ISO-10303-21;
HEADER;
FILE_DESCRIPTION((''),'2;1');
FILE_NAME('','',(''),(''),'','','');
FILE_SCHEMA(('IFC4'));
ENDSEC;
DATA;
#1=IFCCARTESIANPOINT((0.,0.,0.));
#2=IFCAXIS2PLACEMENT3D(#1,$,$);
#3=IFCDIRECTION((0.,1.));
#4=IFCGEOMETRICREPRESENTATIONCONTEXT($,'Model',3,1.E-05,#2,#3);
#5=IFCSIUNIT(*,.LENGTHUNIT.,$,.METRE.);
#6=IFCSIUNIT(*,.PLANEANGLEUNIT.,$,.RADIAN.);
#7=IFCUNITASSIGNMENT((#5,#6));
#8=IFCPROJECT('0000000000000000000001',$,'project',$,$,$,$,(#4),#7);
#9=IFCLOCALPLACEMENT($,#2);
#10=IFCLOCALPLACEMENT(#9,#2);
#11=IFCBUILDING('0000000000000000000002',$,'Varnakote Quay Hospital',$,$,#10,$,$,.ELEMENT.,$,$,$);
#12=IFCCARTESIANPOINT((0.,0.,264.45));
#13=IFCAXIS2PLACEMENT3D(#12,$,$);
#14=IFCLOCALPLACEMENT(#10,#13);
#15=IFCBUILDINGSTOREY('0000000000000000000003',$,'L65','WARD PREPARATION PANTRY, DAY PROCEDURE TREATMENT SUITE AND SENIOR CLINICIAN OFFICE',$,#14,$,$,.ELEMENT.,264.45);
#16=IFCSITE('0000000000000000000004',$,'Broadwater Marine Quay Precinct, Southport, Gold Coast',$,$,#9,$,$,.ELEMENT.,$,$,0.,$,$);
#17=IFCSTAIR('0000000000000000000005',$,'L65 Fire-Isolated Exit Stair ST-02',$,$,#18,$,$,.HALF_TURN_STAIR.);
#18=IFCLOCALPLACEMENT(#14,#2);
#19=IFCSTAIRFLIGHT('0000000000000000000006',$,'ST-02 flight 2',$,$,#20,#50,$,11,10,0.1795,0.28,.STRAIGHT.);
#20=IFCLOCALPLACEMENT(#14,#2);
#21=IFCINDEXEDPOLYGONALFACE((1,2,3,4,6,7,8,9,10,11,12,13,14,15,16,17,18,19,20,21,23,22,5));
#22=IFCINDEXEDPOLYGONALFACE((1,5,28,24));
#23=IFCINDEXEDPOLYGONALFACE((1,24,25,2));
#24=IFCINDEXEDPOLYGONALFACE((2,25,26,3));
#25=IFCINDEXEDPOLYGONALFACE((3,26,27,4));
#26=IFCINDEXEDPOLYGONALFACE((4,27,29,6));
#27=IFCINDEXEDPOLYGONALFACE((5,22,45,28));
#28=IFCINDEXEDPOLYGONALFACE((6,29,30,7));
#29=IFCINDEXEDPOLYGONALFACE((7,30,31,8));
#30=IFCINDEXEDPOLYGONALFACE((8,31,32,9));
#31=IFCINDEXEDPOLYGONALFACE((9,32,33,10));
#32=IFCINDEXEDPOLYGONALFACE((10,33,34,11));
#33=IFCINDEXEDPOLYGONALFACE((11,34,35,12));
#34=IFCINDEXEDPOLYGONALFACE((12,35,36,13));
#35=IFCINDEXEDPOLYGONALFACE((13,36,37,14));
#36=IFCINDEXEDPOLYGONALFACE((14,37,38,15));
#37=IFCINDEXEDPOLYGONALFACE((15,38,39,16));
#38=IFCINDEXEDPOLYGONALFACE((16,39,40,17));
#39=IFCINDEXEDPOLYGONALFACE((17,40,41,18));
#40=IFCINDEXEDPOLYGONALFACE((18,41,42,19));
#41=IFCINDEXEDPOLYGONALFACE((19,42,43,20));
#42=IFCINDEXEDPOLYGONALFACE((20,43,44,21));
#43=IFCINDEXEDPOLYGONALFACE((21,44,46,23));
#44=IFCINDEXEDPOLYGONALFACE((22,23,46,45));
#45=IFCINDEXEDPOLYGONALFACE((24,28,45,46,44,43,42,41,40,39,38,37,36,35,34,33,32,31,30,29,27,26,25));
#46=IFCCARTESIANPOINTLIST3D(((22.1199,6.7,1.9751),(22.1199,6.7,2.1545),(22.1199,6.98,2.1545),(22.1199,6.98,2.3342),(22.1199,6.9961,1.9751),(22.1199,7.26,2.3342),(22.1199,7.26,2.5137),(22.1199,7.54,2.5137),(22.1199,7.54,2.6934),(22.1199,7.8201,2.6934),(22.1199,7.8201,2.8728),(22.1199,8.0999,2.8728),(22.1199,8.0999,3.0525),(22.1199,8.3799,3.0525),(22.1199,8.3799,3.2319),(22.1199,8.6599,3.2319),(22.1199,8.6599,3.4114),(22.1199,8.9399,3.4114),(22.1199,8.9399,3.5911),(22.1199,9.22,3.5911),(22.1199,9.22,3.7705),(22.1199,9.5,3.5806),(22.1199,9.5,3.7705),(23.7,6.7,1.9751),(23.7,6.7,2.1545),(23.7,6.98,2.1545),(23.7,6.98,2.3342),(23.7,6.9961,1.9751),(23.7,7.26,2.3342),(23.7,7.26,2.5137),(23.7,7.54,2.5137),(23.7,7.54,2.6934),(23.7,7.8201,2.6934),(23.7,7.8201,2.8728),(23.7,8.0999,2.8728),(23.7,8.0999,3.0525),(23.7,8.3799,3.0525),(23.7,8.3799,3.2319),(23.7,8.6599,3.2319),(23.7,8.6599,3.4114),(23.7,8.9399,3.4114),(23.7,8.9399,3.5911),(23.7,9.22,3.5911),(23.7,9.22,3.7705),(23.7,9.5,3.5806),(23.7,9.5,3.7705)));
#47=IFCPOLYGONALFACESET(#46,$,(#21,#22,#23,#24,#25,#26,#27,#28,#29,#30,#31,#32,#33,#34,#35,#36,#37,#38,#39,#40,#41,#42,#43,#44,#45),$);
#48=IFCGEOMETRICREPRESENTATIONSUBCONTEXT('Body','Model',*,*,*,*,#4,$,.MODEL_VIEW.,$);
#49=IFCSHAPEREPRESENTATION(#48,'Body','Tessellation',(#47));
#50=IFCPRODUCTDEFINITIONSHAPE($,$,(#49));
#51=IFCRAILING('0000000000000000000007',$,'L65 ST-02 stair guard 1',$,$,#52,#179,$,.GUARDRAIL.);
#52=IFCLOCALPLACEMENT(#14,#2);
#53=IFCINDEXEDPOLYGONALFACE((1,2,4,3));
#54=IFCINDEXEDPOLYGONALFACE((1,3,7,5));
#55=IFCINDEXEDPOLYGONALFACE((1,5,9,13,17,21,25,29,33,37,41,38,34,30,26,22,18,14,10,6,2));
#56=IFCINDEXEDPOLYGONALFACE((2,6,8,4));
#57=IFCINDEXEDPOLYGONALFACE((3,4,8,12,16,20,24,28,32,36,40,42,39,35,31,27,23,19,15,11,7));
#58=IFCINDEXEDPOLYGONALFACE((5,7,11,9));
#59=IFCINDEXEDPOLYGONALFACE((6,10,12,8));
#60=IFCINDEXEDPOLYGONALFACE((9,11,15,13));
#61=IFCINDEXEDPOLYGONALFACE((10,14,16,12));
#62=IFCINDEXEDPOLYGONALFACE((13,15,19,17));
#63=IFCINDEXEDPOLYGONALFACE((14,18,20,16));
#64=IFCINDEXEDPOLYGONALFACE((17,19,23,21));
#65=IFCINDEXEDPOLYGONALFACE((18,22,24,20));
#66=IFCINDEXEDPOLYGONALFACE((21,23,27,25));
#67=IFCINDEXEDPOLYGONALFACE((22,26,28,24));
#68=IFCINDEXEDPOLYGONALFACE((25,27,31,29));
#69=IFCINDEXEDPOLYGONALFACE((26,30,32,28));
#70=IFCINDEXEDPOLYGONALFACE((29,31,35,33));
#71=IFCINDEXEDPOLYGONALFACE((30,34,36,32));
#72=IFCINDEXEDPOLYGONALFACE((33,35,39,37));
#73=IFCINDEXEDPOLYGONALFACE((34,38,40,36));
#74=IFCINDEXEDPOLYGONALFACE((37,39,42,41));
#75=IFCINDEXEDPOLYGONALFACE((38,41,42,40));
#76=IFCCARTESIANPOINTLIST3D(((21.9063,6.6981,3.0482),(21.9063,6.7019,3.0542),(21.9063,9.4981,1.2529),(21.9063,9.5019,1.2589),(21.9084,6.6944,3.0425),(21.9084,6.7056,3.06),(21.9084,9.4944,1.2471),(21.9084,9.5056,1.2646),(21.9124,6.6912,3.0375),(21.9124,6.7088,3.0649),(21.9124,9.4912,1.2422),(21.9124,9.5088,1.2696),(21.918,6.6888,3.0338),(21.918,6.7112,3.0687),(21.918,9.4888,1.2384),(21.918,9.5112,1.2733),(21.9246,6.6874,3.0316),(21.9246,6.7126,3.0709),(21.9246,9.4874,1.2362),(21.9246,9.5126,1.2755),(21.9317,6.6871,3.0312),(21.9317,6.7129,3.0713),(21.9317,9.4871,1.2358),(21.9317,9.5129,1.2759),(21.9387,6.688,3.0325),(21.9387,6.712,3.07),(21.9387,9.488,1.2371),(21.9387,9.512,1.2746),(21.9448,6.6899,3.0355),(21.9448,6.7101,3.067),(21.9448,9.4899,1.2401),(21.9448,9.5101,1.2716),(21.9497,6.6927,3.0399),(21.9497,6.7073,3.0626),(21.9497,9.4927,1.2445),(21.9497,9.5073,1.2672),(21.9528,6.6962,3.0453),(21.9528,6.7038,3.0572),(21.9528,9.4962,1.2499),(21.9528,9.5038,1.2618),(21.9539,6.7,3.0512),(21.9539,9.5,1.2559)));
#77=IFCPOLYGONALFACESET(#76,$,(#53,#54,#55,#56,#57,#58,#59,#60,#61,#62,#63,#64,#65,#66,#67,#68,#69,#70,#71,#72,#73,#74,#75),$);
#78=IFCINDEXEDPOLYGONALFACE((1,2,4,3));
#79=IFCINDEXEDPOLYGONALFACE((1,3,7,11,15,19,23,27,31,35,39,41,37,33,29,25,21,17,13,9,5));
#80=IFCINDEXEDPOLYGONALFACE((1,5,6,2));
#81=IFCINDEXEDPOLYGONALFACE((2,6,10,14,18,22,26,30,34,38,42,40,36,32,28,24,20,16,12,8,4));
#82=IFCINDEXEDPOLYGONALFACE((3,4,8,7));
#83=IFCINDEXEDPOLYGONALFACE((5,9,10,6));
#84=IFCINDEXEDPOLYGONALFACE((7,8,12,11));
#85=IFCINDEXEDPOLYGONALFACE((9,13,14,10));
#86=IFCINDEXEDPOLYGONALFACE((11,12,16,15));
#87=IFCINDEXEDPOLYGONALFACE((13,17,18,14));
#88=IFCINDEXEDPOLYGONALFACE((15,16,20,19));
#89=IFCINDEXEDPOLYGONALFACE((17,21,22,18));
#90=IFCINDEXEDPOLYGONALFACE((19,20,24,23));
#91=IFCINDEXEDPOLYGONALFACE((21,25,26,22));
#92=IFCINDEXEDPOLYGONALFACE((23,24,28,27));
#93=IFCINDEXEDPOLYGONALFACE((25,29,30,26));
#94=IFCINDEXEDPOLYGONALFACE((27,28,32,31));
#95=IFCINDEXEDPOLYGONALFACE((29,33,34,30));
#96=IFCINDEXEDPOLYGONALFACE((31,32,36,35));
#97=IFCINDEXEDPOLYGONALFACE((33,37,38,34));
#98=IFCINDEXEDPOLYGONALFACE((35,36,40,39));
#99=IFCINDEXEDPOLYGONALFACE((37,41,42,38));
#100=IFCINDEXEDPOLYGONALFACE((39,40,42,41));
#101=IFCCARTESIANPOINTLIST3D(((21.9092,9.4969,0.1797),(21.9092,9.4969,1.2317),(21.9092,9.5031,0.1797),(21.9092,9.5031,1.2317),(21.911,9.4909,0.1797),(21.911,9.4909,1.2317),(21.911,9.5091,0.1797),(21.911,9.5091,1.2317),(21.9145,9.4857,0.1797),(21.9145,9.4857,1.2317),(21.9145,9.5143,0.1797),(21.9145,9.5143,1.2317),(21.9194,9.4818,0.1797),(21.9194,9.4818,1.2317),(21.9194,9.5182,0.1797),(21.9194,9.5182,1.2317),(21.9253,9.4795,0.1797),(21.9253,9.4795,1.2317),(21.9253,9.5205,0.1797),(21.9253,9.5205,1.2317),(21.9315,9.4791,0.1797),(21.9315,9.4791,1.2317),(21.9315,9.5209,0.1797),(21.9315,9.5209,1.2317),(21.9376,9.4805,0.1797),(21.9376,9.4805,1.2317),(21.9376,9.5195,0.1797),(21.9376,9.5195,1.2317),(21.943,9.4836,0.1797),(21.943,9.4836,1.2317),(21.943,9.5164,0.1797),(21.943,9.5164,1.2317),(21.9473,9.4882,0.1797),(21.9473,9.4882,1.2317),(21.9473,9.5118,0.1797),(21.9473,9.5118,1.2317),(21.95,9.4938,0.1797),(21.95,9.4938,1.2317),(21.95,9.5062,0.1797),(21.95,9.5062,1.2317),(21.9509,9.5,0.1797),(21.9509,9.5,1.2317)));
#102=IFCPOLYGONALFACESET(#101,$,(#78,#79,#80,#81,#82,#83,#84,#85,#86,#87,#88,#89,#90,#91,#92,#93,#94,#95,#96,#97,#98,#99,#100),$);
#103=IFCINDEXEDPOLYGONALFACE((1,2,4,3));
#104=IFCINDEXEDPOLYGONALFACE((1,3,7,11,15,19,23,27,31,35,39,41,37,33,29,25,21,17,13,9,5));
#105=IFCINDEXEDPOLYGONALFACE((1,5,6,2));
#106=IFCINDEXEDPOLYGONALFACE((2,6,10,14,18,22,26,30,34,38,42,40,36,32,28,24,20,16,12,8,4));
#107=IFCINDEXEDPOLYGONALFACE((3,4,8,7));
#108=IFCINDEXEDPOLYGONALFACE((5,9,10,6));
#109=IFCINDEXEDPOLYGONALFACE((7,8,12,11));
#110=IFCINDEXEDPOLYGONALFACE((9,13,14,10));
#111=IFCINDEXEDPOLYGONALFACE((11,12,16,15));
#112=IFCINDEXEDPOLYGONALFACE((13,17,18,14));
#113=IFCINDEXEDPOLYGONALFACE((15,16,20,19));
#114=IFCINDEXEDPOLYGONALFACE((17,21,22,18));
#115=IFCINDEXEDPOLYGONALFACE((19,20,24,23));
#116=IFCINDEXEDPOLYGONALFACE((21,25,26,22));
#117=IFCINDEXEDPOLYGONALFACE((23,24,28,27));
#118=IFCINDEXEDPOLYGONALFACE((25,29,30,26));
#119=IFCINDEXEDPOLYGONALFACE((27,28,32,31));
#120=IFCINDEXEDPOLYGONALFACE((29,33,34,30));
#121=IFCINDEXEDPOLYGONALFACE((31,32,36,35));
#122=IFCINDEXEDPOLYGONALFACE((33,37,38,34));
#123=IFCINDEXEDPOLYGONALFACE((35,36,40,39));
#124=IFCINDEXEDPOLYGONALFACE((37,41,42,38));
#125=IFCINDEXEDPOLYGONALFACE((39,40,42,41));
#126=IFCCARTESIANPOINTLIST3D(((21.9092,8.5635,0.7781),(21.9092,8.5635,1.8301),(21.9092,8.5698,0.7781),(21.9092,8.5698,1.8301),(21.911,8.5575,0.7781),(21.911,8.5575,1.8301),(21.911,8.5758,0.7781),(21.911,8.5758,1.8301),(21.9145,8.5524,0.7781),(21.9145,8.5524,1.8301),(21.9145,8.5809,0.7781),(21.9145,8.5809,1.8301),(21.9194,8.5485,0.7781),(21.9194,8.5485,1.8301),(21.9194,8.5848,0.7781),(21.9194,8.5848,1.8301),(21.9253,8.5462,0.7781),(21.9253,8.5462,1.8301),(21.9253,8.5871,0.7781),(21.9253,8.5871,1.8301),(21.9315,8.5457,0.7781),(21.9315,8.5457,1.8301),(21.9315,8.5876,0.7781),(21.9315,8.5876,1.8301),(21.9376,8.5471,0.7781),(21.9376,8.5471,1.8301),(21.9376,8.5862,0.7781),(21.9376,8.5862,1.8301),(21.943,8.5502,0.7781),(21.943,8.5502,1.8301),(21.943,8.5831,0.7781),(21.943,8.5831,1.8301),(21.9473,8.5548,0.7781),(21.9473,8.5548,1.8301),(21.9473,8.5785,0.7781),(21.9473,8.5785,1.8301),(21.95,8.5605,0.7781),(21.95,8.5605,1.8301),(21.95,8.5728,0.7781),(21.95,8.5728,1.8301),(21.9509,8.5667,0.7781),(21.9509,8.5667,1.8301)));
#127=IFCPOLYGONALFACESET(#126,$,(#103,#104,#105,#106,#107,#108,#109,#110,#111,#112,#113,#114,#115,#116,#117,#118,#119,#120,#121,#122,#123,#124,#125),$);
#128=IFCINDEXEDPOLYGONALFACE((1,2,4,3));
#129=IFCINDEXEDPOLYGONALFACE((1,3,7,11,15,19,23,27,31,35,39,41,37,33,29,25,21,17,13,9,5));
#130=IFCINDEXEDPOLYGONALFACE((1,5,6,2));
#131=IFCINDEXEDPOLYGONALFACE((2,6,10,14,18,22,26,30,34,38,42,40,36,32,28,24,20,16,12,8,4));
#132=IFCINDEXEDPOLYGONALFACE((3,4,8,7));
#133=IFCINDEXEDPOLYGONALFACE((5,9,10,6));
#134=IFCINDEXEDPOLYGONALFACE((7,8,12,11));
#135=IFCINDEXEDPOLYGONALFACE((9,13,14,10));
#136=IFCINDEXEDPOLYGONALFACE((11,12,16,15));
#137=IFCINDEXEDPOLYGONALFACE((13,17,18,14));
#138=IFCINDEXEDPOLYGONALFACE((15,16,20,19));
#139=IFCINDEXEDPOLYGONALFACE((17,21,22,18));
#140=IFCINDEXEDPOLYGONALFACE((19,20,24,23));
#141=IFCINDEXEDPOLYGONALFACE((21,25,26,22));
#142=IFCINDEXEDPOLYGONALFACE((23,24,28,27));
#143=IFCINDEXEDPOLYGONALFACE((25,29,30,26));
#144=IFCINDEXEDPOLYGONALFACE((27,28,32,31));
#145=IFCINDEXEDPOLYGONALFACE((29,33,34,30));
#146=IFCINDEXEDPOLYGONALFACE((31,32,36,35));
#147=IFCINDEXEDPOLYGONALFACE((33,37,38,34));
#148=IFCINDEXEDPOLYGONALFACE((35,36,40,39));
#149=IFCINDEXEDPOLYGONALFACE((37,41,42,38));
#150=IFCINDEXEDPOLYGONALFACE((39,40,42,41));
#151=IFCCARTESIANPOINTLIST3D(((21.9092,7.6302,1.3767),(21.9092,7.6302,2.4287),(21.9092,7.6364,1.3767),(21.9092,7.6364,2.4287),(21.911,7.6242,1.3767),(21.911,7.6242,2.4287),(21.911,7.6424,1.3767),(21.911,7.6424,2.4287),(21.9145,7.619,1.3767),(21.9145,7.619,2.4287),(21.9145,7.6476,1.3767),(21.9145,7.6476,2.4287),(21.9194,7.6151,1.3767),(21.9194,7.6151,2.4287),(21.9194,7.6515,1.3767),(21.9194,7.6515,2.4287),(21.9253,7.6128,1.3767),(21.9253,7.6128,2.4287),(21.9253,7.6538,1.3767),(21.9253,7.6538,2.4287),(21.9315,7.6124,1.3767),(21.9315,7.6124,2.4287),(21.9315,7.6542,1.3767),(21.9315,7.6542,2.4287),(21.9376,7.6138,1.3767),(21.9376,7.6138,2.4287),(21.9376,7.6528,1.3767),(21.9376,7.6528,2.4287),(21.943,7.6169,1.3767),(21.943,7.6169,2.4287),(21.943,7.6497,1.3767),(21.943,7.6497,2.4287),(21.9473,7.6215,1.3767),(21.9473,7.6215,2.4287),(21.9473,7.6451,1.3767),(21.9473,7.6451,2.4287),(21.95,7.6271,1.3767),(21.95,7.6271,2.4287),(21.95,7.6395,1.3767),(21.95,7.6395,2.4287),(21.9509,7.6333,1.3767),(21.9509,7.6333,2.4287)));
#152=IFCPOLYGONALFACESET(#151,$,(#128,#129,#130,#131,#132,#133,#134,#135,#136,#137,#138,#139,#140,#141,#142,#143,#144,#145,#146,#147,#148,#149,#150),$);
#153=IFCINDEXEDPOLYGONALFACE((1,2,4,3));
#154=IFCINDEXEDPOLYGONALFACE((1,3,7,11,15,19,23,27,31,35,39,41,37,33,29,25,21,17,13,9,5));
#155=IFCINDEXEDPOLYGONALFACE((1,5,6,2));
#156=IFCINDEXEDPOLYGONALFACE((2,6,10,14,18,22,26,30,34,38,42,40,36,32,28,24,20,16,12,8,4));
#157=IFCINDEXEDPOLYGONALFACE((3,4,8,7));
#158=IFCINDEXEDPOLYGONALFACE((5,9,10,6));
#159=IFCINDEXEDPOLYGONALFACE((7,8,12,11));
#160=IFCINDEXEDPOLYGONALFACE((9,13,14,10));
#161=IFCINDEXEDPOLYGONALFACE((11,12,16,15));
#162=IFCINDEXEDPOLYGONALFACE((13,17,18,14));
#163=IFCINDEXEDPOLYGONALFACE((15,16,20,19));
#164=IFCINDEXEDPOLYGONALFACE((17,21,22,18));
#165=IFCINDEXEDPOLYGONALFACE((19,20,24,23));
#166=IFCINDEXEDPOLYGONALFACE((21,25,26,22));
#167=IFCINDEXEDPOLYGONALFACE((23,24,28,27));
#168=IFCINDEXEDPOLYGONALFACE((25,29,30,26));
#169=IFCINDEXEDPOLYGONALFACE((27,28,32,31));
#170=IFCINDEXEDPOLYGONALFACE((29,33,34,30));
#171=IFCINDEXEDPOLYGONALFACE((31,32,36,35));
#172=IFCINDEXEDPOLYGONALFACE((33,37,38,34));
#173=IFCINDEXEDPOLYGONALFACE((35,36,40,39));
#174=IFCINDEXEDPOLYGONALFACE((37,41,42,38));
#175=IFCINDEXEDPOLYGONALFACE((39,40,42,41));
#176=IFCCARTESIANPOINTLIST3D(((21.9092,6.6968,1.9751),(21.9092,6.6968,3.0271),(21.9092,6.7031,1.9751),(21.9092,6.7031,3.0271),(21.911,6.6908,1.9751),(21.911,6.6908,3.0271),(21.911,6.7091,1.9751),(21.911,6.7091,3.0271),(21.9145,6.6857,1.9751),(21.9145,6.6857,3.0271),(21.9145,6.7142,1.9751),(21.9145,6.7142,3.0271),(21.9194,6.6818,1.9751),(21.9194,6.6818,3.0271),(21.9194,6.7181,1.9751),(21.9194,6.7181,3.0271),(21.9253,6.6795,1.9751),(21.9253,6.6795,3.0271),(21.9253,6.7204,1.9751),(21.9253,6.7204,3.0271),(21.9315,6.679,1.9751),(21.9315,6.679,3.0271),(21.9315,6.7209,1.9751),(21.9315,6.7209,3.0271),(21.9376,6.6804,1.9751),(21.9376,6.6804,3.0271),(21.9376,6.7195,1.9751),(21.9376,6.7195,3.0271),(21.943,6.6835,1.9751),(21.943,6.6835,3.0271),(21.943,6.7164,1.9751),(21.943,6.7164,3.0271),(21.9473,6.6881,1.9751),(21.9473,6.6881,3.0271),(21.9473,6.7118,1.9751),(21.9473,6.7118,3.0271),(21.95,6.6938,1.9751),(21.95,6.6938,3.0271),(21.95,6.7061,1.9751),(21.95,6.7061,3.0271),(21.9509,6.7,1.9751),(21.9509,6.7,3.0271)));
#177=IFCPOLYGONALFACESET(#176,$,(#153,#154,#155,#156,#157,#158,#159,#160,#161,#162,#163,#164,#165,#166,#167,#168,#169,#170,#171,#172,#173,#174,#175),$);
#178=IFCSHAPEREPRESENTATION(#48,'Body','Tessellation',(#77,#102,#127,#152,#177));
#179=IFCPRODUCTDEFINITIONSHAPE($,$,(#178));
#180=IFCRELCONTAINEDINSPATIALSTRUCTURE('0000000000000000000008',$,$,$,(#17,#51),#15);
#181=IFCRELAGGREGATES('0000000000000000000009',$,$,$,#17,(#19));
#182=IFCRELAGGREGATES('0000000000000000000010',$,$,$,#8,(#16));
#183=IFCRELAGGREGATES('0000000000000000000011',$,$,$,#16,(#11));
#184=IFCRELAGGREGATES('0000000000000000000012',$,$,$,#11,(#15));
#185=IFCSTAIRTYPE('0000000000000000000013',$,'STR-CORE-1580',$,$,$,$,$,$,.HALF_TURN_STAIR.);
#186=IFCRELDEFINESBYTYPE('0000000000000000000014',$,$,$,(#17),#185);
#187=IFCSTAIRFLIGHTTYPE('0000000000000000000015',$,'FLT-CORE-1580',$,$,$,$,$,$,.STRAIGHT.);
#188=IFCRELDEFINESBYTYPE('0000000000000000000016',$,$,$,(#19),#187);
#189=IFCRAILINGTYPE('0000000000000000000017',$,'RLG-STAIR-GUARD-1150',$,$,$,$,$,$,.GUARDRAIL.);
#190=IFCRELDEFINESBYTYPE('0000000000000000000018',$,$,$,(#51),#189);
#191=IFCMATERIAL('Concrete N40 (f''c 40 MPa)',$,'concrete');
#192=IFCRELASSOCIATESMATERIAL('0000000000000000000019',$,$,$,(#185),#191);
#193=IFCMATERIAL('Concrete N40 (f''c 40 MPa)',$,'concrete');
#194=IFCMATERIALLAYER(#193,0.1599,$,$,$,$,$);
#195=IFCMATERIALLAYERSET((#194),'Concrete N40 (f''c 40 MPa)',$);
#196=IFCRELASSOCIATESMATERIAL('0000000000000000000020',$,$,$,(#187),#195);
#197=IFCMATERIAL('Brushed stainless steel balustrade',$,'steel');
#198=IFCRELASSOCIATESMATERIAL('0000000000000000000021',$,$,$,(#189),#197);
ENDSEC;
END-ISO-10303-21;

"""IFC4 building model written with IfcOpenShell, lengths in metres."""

from ifc_helpers import new_model, si_unit, direction, frame, origin, origin_2d, place, context, subcontext, project, spatial, polyline, circle, outline, extrude, material, layer, layer_set, type_object, element, aggregate, save


model = new_model("IFC4")

# Units and contexts
model_context = context("Model", 3, precision=1e-05, world=origin(), true_north=direction((0.0, 1.0)))
body_context = subcontext(model_context, "Body", "Model", "MODEL_VIEW")
ifc_project = project(units=[si_unit("LENGTHUNIT", "METRE"), si_unit("PLANEANGLEUNIT", "RADIAN")], contexts=[model_context])

# Site, building, storey
site_placement = place(None, origin())
site = spatial("IfcSite", under=ifc_project, at=site_placement, Name="Broadwater Marine Quay Precinct, Southport, Gold Coast", CompositionType="ELEMENT", RefElevation=0.0)
building_placement = place(site_placement, origin())
building = spatial("IfcBuilding", under=site, at=building_placement, Name="Varnakote Quay Hospital", CompositionType="ELEMENT")
storey_placement = place(building_placement, frame((0.0, 0.0, 264.45)))
storey = spatial("IfcBuildingStorey", under=building, at=storey_placement, Name="L65", Description="WARD PREPARATION PANTRY, DAY PROCEDURE TREATMENT SUITE AND SENIOR CLINICIAN OFFICE", CompositionType="ELEMENT", Elevation=264.45)

# Stair, stair flight
ifc_material_1 = material(Name="Concrete N40 (f'c 40 MPa)", Category="concrete")
stair_type = type_object("IfcStairType", Name="STR-CORE-1580", PredefinedType="HALF_TURN_STAIR", material=ifc_material_1)
stair_placement = place(storey_placement, origin())
stair = element("IfcStair", 1, at=stair_placement, inside=storey, type_object=stair_type, Name="L65 Fire-Isolated Exit Stair ST-02", PredefinedType="HALF_TURN_STAIR")
ifc_material_2 = material(Name="Concrete N40 (f'c 40 MPa)", Category="concrete")
ifc_layer_1 = layer(ifc_material_2, 0.1599)
ifc_layer_set_1 = layer_set([ifc_layer_1], Name="Concrete N40 (f'c 40 MPa)")
stair_flight_type = type_object("IfcStairFlightType", Name="FLT-CORE-1580", PredefinedType="STRAIGHT", material=ifc_layer_set_1)
stair_flight_1_placement = place(storey_placement, frame((22.9099, 6.7, 1.9751), z_axis=(0.0, 0.0, 1.0), x_axis=(0.0, 1.0, 0.0)))
stair_flight_1 = element("IfcStairFlight", 2, at=stair_flight_1_placement, type_object=stair_flight_type, Name="ST-02 flight 2", NumberOfRisers=11, NumberOfTreads=10, PredefinedType="STRAIGHT", RiserHeight=0.1795, TreadLength=0.28, context=body_context, shape_type="SweptSolid", body=[
    extrude(outline(polyline([(0.0, 0.0), (0.0, 0.1794), (0.28, 0.1794), (0.28, 0.3591), (0.5601, 0.3591), (0.5601, 0.5386), (0.8401, 0.5386), (0.8401, 0.7183), (1.1201, 0.7183), (1.1201, 0.8977), (1.3999, 0.8977), (1.3999, 1.0774), (1.6799, 1.0774), (1.6799, 1.2568), (1.96, 1.2568), (1.96, 1.4363), (2.24, 1.4363), (2.24, 1.616), (2.52, 1.616), (2.52, 1.7954), (2.8, 1.7954), (2.8, 1.9751), (2.8, 1.6055), (0.2961, 0.0), (0.0, 0.0)])), frame((0.0, 0.79, 0.0), z_axis=(0.0, -1.0, 0.0), x_axis=(1.0, 0.0, 0.0)), (0.0, 0.0, 1.0), 1.5801),
])
aggregate(stair, [stair_flight_1])

# Railing
ifc_material_3 = material(Name="Brushed stainless steel balustrade", Category="steel")
railing_type_1 = type_object("IfcRailingType", Name="RLG-STAIR-GUARD-1150", PredefinedType="GUARDRAIL", material=ifc_material_3)
railing_1_placement = place(storey_placement, frame((21.9299, 9.5, 0.1797)))
element("IfcRailing", 3, at=railing_1_placement, inside=storey, type_object=railing_type_1, Name="L65 ST-02 stair guard 1", PredefinedType="GUARDRAIL", context=body_context, shape_type="SweptSolid", body=[
    extrude(circle(Radius=0.0239, at=origin_2d()), frame((0.0, 0.0, 1.0762), z_axis=(0.0, -0.84181, 0.539774), x_axis=(1.0, 0.0, 0.0)), (0.0, 0.0, 1.0), 3.3262),
    extrude(circle(Radius=0.021, at=origin_2d()), origin(), (0.0, 0.0, 1.0), 1.052),
    extrude(circle(Radius=0.021, at=origin_2d()), frame((0.0, -0.9333, 0.5984)), (0.0, 0.0, 1.0), 1.052),
    extrude(circle(Radius=0.021, at=origin_2d()), frame((0.0, -1.8667, 1.197)), (0.0, 0.0, 1.0), 1.052),
    extrude(circle(Radius=0.021, at=origin_2d()), frame((0.0, -2.8, 1.7954)), (0.0, 0.0, 1.0), 1.052),
])

save(model, "model.ifc")
